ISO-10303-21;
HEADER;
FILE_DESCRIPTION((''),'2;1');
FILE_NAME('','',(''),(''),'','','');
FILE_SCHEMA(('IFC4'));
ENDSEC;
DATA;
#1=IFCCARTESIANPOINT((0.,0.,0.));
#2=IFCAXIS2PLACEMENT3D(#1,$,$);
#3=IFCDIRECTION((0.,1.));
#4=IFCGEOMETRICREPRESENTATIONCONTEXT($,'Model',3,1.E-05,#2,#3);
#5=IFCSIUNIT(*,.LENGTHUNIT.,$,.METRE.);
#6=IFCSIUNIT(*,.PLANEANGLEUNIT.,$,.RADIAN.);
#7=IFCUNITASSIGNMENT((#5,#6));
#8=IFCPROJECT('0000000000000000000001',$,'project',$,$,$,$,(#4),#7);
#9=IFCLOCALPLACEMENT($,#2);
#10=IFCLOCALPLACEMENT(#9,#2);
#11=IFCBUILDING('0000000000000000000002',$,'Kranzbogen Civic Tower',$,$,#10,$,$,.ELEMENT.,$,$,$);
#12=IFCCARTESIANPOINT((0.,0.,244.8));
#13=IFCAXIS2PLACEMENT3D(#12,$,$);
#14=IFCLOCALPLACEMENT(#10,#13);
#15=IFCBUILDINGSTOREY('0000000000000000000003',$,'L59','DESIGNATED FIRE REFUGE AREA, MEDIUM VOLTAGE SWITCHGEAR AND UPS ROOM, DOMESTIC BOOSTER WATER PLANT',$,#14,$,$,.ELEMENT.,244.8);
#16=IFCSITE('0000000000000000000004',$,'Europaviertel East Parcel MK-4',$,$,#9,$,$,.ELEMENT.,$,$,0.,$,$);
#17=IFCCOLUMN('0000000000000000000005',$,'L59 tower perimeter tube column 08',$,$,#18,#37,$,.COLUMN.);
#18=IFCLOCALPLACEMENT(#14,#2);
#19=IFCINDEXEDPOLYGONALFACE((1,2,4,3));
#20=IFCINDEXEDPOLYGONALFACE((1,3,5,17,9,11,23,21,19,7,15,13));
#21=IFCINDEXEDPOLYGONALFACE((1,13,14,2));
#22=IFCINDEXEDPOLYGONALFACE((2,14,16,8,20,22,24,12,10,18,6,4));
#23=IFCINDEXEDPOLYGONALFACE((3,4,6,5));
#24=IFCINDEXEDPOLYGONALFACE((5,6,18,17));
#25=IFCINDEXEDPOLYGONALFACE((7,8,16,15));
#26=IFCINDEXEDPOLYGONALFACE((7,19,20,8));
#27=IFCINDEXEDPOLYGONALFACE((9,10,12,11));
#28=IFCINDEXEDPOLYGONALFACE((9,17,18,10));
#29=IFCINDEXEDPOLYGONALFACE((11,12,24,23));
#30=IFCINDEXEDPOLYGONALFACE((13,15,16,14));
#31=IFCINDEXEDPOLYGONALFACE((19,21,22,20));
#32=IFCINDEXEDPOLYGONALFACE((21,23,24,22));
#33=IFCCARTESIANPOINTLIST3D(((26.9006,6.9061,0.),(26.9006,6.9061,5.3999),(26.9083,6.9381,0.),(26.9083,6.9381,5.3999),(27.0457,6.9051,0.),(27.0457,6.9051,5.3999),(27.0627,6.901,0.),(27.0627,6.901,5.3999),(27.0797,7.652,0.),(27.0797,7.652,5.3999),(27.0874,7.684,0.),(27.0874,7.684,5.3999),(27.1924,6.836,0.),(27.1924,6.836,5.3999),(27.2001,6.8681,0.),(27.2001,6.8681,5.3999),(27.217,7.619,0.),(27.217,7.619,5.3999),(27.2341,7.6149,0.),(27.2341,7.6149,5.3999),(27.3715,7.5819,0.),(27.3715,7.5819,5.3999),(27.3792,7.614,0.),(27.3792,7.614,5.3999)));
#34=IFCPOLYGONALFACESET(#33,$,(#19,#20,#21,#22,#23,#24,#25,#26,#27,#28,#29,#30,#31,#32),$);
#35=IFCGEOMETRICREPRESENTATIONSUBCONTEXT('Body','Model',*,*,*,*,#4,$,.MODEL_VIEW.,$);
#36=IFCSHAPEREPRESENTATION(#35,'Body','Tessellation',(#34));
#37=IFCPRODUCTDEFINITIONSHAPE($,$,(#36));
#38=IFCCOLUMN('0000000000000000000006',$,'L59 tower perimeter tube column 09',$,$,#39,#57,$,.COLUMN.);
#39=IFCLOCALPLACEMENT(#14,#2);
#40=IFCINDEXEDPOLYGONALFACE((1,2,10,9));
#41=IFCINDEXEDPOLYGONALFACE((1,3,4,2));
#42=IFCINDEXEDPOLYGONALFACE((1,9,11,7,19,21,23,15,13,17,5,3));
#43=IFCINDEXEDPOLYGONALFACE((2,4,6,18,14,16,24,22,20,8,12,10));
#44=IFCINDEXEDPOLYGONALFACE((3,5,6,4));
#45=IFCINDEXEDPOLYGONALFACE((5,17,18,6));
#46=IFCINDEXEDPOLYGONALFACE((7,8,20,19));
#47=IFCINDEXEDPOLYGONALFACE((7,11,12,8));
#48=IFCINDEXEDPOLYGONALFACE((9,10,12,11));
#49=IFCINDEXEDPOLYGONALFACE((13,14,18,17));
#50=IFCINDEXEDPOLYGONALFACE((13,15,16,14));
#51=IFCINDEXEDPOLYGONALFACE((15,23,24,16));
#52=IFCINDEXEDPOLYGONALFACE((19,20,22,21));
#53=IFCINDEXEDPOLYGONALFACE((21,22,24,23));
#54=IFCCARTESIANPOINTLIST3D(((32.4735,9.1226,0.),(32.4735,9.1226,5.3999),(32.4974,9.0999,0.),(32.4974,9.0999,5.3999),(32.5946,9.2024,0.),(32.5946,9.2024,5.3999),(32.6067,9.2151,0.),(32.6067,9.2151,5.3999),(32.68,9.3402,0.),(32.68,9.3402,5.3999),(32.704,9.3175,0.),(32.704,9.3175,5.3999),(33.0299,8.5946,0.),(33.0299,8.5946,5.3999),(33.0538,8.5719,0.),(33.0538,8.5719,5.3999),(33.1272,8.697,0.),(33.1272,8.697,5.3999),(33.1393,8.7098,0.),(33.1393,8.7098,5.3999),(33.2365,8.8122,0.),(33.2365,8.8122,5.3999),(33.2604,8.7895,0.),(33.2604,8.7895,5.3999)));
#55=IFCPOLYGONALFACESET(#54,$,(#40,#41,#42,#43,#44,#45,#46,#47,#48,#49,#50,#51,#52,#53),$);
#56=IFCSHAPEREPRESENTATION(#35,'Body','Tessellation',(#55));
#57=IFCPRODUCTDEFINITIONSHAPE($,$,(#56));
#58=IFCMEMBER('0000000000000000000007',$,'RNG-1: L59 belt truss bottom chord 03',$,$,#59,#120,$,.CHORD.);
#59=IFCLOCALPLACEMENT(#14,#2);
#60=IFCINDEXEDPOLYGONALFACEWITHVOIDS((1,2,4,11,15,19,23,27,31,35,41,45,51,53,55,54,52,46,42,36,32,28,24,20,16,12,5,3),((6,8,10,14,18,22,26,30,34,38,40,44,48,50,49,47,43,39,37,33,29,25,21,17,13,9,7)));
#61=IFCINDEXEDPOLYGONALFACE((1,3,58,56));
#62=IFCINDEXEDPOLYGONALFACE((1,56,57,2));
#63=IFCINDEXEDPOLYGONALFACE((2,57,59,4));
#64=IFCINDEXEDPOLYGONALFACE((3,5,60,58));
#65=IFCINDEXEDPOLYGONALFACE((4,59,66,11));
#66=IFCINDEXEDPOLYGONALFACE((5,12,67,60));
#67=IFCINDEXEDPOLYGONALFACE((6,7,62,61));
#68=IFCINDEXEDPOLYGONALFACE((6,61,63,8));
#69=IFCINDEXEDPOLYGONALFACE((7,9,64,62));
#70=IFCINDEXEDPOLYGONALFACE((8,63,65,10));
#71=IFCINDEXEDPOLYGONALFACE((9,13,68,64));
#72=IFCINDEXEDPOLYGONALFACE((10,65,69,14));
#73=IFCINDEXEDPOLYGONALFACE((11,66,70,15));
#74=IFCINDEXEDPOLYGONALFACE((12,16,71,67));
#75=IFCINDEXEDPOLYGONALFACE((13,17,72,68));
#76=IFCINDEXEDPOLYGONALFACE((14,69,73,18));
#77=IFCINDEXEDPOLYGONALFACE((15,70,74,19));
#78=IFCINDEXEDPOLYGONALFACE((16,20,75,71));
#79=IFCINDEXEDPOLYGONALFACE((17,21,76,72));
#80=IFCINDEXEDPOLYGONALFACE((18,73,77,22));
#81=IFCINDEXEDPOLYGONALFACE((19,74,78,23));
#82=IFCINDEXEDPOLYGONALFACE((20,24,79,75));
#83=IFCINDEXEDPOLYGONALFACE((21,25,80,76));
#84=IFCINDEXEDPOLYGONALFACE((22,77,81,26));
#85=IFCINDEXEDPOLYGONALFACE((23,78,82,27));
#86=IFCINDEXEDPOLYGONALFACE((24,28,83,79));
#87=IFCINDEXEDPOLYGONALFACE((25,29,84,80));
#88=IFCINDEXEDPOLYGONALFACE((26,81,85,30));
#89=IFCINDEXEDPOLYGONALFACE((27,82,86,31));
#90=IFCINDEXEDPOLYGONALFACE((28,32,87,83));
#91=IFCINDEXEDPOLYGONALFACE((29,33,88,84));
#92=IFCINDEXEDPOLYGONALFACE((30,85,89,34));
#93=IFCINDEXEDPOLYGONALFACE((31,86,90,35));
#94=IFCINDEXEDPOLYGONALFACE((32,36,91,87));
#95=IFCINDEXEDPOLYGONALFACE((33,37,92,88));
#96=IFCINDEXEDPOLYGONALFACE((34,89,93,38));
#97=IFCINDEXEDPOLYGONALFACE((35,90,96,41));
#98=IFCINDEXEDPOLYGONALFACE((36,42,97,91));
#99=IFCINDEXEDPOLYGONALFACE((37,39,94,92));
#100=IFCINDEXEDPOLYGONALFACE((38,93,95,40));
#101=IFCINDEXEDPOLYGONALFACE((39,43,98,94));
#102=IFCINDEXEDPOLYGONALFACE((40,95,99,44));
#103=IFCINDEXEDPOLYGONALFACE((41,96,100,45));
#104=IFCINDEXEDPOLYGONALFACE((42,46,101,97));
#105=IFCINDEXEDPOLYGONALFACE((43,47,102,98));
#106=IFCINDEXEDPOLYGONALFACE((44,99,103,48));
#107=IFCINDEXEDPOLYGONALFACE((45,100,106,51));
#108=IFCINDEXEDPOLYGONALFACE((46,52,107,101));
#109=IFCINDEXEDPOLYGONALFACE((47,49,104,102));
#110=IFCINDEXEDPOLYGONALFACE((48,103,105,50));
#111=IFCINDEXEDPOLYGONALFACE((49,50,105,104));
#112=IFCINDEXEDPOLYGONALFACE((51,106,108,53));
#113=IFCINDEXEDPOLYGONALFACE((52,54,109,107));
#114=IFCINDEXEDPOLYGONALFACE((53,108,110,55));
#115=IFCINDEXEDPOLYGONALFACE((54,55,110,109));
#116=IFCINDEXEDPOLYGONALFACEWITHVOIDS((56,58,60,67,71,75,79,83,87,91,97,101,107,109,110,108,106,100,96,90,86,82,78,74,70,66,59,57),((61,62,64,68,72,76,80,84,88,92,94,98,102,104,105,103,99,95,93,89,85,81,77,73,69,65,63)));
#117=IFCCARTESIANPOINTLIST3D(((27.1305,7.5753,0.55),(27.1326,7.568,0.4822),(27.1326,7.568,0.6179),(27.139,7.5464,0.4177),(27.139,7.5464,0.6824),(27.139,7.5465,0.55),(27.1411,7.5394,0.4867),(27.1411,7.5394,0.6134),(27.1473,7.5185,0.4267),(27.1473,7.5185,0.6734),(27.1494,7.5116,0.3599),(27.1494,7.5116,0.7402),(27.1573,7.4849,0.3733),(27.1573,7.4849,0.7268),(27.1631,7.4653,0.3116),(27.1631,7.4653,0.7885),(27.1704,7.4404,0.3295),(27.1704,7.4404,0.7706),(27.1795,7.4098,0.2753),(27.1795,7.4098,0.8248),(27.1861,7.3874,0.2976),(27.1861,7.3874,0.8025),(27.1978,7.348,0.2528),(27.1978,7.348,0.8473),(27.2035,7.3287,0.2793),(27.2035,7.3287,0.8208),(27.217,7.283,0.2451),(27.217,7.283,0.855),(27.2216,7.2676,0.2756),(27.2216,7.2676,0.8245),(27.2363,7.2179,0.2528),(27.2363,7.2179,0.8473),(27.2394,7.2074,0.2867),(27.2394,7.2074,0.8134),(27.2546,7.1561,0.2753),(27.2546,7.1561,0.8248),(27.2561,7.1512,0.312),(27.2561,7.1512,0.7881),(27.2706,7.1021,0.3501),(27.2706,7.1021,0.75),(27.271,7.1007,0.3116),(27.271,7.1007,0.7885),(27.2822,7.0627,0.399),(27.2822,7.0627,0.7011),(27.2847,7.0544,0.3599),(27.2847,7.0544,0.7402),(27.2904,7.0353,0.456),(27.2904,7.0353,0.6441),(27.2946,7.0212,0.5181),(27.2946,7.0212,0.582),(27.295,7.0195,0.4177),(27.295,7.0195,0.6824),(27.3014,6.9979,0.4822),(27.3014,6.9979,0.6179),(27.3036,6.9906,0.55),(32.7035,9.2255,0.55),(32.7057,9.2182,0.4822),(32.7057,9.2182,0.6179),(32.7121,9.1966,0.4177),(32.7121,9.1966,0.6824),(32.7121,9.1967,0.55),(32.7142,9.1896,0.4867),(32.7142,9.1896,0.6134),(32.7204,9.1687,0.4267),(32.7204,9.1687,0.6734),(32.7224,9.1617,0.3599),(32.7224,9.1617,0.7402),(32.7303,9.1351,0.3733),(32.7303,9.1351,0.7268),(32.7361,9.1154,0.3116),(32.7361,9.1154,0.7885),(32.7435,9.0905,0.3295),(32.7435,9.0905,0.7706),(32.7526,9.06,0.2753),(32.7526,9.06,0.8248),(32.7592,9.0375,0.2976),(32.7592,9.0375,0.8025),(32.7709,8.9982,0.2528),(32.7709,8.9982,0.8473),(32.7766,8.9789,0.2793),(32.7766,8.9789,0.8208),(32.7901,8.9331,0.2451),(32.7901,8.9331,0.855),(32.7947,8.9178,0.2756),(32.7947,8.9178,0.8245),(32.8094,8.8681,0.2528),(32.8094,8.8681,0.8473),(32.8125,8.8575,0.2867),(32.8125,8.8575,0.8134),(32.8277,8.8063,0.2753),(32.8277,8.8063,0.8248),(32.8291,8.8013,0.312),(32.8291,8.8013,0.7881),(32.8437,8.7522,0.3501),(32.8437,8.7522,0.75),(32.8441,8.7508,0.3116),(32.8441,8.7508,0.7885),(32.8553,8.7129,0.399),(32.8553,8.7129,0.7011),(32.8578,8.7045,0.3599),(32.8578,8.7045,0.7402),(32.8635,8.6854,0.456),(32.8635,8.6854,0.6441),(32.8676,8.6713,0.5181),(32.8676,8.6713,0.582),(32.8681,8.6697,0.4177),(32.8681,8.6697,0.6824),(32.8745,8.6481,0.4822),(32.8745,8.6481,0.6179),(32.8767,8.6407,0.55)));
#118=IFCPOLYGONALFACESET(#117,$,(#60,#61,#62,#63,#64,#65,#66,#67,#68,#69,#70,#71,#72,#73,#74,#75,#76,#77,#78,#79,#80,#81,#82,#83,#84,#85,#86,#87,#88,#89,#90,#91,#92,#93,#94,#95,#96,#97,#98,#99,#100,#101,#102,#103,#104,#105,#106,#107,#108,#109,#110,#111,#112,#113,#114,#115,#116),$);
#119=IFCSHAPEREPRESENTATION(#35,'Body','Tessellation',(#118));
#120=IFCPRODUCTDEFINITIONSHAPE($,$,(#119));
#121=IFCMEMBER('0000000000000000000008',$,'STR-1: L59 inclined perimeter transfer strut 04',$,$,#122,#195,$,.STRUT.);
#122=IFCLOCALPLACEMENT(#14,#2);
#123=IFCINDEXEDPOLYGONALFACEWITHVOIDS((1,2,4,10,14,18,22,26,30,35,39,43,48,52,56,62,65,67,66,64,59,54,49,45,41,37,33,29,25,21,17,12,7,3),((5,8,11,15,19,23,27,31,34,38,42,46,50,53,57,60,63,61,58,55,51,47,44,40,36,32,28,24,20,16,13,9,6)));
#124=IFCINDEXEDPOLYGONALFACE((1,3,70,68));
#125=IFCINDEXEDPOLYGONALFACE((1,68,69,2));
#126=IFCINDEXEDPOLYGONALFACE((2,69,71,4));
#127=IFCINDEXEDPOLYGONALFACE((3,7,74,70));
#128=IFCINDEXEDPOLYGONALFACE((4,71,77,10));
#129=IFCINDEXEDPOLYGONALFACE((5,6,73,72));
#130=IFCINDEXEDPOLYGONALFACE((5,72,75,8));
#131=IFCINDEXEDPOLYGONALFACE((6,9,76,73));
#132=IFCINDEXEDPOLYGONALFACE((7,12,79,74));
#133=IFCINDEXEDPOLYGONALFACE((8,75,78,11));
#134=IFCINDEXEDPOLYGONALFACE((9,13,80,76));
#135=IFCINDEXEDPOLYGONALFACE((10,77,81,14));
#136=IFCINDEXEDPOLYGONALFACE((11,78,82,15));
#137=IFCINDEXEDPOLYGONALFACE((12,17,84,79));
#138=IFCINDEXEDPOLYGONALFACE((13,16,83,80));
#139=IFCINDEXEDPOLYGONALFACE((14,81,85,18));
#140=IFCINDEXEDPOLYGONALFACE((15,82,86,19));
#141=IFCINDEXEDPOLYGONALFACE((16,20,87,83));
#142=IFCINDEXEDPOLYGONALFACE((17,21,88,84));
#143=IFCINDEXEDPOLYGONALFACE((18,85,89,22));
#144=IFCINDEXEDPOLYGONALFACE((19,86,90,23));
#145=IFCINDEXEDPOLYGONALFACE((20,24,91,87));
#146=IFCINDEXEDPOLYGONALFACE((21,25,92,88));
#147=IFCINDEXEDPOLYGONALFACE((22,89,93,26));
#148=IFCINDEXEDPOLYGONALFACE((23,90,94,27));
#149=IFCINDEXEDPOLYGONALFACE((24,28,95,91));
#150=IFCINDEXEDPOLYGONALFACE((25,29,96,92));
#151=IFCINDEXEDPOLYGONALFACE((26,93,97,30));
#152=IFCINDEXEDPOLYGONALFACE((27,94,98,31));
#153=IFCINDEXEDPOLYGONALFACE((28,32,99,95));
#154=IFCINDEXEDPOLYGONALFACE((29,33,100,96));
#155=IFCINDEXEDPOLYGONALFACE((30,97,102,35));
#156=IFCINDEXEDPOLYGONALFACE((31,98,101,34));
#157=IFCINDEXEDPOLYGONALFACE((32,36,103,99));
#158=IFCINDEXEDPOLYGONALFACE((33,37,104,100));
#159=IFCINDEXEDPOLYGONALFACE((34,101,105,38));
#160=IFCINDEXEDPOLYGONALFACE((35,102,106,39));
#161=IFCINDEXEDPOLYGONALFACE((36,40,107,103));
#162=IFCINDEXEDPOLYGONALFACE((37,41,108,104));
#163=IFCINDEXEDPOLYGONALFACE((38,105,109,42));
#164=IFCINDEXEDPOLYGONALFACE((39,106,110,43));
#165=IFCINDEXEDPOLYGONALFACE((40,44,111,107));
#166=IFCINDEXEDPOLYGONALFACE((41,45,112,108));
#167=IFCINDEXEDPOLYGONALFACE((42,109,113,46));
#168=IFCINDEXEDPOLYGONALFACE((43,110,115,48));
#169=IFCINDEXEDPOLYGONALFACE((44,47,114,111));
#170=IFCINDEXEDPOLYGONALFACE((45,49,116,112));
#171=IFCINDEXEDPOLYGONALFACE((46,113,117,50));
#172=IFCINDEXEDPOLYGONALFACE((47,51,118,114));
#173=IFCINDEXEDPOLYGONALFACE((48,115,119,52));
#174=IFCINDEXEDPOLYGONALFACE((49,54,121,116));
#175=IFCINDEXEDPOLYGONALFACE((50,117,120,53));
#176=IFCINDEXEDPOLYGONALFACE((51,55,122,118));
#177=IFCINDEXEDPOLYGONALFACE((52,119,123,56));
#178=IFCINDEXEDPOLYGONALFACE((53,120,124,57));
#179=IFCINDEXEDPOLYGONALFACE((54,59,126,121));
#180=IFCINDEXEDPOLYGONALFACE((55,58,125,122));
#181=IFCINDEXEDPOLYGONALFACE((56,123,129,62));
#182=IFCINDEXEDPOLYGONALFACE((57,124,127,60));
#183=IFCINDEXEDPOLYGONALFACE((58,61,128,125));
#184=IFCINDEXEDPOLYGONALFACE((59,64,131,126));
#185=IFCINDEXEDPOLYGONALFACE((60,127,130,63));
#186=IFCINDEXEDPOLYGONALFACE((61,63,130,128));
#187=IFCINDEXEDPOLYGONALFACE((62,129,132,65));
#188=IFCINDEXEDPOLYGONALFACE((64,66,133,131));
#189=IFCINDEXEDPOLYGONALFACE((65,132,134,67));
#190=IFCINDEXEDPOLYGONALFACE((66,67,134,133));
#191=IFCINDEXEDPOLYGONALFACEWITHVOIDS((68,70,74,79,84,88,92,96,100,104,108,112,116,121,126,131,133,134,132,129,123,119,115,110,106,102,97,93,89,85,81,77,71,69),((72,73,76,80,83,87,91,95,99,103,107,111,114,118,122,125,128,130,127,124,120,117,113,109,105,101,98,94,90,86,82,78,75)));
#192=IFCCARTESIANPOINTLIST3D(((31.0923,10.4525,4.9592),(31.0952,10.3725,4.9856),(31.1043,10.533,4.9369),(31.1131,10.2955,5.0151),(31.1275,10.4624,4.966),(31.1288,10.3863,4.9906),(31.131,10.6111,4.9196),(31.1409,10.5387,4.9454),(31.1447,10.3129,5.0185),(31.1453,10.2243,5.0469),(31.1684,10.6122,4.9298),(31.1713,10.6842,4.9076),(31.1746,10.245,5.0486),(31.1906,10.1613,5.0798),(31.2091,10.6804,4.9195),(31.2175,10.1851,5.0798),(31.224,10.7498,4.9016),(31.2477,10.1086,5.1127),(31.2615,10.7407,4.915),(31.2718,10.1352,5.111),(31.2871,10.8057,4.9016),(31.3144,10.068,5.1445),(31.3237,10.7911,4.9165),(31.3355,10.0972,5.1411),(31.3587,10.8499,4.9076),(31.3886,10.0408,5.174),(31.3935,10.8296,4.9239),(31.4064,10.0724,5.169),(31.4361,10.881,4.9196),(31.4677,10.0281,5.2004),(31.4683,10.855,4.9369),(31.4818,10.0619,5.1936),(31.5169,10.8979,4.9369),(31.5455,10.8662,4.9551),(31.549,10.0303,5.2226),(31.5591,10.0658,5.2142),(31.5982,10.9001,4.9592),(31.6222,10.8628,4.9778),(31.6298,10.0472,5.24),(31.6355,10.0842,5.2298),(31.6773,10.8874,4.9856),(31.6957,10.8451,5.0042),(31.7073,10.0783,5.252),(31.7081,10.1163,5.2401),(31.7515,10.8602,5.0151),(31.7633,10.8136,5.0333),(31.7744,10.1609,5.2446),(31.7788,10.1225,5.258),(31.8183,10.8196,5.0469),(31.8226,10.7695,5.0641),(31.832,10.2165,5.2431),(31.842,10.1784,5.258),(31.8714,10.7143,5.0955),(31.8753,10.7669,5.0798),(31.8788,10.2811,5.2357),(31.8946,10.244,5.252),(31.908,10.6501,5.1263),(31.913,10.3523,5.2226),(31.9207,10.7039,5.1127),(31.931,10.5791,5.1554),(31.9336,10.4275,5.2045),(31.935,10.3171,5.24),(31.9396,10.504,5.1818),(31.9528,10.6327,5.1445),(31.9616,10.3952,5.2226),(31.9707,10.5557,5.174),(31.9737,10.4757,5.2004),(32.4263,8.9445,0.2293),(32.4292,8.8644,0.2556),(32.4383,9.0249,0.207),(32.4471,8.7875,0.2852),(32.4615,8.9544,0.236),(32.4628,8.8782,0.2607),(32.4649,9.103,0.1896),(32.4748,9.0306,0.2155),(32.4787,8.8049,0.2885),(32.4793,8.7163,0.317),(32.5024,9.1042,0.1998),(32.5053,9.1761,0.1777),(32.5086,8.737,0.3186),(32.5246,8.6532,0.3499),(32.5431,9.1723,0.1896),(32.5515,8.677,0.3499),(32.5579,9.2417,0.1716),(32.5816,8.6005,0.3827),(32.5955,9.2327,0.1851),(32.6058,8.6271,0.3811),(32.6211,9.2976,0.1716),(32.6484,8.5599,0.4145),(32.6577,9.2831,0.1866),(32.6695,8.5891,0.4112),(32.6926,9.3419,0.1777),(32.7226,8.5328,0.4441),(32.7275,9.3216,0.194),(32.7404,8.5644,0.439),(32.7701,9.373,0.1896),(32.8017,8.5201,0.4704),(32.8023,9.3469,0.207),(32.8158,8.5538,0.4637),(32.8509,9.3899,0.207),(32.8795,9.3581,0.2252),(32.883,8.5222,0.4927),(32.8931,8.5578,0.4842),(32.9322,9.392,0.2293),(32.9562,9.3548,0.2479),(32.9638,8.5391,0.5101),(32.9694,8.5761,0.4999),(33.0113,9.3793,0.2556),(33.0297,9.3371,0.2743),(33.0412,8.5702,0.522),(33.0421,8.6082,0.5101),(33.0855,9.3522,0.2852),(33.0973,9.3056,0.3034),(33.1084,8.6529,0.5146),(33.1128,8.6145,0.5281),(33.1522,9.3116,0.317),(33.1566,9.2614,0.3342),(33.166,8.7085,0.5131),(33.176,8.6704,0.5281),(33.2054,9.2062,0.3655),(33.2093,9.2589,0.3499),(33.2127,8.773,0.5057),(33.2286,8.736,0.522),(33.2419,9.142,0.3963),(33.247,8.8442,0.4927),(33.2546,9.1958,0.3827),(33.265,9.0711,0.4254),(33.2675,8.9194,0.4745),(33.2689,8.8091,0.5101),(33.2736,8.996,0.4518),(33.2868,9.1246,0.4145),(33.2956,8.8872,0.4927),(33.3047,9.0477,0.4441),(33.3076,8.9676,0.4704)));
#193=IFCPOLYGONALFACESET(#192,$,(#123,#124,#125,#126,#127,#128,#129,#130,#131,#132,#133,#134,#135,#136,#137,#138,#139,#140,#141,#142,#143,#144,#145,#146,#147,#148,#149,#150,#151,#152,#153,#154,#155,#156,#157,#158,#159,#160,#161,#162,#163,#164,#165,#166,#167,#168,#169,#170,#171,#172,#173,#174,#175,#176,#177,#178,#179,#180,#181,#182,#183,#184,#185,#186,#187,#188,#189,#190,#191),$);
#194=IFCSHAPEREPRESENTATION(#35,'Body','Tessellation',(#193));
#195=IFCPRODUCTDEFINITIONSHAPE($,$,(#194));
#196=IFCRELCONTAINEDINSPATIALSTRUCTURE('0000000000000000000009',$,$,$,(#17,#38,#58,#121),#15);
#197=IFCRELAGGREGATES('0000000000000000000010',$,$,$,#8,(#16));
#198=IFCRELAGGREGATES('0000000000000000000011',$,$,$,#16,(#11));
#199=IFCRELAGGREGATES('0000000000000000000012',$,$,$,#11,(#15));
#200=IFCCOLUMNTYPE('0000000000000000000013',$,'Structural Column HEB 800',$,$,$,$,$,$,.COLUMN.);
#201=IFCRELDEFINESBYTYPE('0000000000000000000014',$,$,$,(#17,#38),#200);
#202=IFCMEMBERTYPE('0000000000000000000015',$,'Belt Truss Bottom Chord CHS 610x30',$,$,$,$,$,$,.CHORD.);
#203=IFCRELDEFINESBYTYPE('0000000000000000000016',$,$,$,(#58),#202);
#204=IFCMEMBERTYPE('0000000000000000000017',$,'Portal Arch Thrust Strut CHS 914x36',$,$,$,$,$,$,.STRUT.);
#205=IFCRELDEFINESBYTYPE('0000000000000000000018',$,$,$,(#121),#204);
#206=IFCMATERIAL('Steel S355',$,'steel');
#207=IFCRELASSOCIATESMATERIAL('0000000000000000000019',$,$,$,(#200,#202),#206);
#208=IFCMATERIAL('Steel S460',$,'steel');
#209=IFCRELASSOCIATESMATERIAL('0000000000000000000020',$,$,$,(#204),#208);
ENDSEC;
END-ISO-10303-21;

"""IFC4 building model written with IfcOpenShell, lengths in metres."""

from ifc_helpers import new_model, si_unit, direction, frame, origin, origin_2d, place, context, subcontext, project, spatial, hollow_circle, i_section, extrude, material, material_profile, profile_set, type_object, element, save


model = new_model("IFC4")

# Units and contexts
model_context = context("Model", 3, precision=1e-05, world=origin(), true_north=direction((0.0, 1.0)))
body_context = subcontext(model_context, "Body", "Model", "MODEL_VIEW")
ifc_project = project(units=[si_unit("LENGTHUNIT", "METRE"), si_unit("PLANEANGLEUNIT", "RADIAN")], contexts=[model_context])

# Site, building, storey
site_placement = place(None, origin())
site = spatial("IfcSite", under=ifc_project, at=site_placement, Name="Europaviertel East Parcel MK-4", CompositionType="ELEMENT", RefElevation=0.0)
building_placement = place(site_placement, origin())
building = spatial("IfcBuilding", under=site, at=building_placement, Name="Kranzbogen Civic Tower", CompositionType="ELEMENT")
storey_placement = place(building_placement, frame((0.0, 0.0, 244.8)))
storey = spatial("IfcBuildingStorey", under=building, at=storey_placement, Name="L59", Description="DESIGNATED FIRE REFUGE AREA, MEDIUM VOLTAGE SWITCHGEAR AND UPS ROOM, DOMESTIC BOOSTER WATER PLANT", CompositionType="ELEMENT", Elevation=244.8)

# Columns
ifc_material_1 = material(Name="Steel S355", Category="steel")
ifc_material_profile_1 = material_profile(ifc_material_1, i_section(OverallWidth=0.3, OverallDepth=0.8, WebThickness=0.0176, FlangeThickness=0.033, at=origin_2d()), Name="HEB 800")
ifc_profile_set_1 = profile_set([ifc_material_profile_1], Name="Steel S355")
column_type = type_object("IfcColumnType", Name="Structural Column HEB 800", PredefinedType="COLUMN", material=ifc_profile_set_1)
for number, where, z_axis, x_axis, name in (
    (1, (27.1399, 7.26, 0.0), (0.0, 0.0, 1.0), (-0.97237, 0.233445, 0.0), "L59 tower perimeter tube column 08"),
    (2, (32.8669, 8.9561, 0.0), (0.0, 0.0, 1.0), (0.688355, 0.725374, 0.0), "L59 tower perimeter tube column 09"),
):
    element("IfcColumn", number, at=place(storey_placement, frame(where, z_axis=z_axis, x_axis=x_axis)), inside=storey, type_object=column_type, Name=name, PredefinedType="COLUMN", context=body_context, shape_type="SweptSolid", body=[
        extrude(i_section(OverallWidth=0.3, OverallDepth=0.8, WebThickness=0.0176, FlangeThickness=0.033, at=origin_2d()), origin(), (0.0, 0.0, 1.0), 5.3999),
    ])

# Members
ifc_material_profile_2 = material_profile(ifc_material_1, hollow_circle(Radius=0.3049, WallThickness=0.03, at=origin_2d()), Name="CHS 610x30")
ifc_profile_set_2 = profile_set([ifc_material_profile_2], Name="Steel S355")
member_type_1 = type_object("IfcMemberType", Name="Belt Truss Bottom Chord CHS 610x30", PredefinedType="CHORD", material=ifc_profile_set_2)
member_1_placement = place(storey_placement, frame((27.217, 7.283, 0.55), z_axis=(0.95885, 0.283912, 0.0), x_axis=(-0.283912, 0.95885, 0.0)))
element("IfcMember", 3, at=member_1_placement, inside=storey, type_object=member_type_1, Name="RNG-1: L59 belt truss bottom chord 03", PredefinedType="CHORD", context=body_context, shape_type="SweptSolid", body=[
    extrude(hollow_circle(Radius=0.3049, WallThickness=0.03, at=origin_2d()), origin(), (0.0, 0.0, 1.0), 5.8123),
])
ifc_material_2 = material(Name="Steel S460", Category="steel")
ifc_material_profile_3 = material_profile(ifc_material_2, hollow_circle(Radius=0.457, WallThickness=0.0359, at=origin_2d()), Name="CHS 914x36")
ifc_profile_set_3 = profile_set([ifc_material_profile_3], Name="Steel S460")
member_type_2 = type_object("IfcMemberType", Name="Portal Arch Thrust Strut CHS 914x36", PredefinedType="STRUT", material=ifc_profile_set_3)
member_2_placement = place(storey_placement, frame((32.8669, 8.9561, 0.3499), z_axis=(-0.259496, 0.293358, 0.92011), x_axis=(-0.749013, -0.662556, 0.0)))
element("IfcMember", 4, at=member_2_placement, inside=storey, type_object=member_type_2, Name="STR-1: L59 inclined perimeter transfer strut 04", PredefinedType="STRUT", context=body_context, shape_type="SweptSolid", body=[
    extrude(hollow_circle(Radius=0.457, WallThickness=0.0359, at=origin_2d()), origin(), (0.0, 0.0, 1.0), 5.1406),
])

save(model, "model.ifc")
